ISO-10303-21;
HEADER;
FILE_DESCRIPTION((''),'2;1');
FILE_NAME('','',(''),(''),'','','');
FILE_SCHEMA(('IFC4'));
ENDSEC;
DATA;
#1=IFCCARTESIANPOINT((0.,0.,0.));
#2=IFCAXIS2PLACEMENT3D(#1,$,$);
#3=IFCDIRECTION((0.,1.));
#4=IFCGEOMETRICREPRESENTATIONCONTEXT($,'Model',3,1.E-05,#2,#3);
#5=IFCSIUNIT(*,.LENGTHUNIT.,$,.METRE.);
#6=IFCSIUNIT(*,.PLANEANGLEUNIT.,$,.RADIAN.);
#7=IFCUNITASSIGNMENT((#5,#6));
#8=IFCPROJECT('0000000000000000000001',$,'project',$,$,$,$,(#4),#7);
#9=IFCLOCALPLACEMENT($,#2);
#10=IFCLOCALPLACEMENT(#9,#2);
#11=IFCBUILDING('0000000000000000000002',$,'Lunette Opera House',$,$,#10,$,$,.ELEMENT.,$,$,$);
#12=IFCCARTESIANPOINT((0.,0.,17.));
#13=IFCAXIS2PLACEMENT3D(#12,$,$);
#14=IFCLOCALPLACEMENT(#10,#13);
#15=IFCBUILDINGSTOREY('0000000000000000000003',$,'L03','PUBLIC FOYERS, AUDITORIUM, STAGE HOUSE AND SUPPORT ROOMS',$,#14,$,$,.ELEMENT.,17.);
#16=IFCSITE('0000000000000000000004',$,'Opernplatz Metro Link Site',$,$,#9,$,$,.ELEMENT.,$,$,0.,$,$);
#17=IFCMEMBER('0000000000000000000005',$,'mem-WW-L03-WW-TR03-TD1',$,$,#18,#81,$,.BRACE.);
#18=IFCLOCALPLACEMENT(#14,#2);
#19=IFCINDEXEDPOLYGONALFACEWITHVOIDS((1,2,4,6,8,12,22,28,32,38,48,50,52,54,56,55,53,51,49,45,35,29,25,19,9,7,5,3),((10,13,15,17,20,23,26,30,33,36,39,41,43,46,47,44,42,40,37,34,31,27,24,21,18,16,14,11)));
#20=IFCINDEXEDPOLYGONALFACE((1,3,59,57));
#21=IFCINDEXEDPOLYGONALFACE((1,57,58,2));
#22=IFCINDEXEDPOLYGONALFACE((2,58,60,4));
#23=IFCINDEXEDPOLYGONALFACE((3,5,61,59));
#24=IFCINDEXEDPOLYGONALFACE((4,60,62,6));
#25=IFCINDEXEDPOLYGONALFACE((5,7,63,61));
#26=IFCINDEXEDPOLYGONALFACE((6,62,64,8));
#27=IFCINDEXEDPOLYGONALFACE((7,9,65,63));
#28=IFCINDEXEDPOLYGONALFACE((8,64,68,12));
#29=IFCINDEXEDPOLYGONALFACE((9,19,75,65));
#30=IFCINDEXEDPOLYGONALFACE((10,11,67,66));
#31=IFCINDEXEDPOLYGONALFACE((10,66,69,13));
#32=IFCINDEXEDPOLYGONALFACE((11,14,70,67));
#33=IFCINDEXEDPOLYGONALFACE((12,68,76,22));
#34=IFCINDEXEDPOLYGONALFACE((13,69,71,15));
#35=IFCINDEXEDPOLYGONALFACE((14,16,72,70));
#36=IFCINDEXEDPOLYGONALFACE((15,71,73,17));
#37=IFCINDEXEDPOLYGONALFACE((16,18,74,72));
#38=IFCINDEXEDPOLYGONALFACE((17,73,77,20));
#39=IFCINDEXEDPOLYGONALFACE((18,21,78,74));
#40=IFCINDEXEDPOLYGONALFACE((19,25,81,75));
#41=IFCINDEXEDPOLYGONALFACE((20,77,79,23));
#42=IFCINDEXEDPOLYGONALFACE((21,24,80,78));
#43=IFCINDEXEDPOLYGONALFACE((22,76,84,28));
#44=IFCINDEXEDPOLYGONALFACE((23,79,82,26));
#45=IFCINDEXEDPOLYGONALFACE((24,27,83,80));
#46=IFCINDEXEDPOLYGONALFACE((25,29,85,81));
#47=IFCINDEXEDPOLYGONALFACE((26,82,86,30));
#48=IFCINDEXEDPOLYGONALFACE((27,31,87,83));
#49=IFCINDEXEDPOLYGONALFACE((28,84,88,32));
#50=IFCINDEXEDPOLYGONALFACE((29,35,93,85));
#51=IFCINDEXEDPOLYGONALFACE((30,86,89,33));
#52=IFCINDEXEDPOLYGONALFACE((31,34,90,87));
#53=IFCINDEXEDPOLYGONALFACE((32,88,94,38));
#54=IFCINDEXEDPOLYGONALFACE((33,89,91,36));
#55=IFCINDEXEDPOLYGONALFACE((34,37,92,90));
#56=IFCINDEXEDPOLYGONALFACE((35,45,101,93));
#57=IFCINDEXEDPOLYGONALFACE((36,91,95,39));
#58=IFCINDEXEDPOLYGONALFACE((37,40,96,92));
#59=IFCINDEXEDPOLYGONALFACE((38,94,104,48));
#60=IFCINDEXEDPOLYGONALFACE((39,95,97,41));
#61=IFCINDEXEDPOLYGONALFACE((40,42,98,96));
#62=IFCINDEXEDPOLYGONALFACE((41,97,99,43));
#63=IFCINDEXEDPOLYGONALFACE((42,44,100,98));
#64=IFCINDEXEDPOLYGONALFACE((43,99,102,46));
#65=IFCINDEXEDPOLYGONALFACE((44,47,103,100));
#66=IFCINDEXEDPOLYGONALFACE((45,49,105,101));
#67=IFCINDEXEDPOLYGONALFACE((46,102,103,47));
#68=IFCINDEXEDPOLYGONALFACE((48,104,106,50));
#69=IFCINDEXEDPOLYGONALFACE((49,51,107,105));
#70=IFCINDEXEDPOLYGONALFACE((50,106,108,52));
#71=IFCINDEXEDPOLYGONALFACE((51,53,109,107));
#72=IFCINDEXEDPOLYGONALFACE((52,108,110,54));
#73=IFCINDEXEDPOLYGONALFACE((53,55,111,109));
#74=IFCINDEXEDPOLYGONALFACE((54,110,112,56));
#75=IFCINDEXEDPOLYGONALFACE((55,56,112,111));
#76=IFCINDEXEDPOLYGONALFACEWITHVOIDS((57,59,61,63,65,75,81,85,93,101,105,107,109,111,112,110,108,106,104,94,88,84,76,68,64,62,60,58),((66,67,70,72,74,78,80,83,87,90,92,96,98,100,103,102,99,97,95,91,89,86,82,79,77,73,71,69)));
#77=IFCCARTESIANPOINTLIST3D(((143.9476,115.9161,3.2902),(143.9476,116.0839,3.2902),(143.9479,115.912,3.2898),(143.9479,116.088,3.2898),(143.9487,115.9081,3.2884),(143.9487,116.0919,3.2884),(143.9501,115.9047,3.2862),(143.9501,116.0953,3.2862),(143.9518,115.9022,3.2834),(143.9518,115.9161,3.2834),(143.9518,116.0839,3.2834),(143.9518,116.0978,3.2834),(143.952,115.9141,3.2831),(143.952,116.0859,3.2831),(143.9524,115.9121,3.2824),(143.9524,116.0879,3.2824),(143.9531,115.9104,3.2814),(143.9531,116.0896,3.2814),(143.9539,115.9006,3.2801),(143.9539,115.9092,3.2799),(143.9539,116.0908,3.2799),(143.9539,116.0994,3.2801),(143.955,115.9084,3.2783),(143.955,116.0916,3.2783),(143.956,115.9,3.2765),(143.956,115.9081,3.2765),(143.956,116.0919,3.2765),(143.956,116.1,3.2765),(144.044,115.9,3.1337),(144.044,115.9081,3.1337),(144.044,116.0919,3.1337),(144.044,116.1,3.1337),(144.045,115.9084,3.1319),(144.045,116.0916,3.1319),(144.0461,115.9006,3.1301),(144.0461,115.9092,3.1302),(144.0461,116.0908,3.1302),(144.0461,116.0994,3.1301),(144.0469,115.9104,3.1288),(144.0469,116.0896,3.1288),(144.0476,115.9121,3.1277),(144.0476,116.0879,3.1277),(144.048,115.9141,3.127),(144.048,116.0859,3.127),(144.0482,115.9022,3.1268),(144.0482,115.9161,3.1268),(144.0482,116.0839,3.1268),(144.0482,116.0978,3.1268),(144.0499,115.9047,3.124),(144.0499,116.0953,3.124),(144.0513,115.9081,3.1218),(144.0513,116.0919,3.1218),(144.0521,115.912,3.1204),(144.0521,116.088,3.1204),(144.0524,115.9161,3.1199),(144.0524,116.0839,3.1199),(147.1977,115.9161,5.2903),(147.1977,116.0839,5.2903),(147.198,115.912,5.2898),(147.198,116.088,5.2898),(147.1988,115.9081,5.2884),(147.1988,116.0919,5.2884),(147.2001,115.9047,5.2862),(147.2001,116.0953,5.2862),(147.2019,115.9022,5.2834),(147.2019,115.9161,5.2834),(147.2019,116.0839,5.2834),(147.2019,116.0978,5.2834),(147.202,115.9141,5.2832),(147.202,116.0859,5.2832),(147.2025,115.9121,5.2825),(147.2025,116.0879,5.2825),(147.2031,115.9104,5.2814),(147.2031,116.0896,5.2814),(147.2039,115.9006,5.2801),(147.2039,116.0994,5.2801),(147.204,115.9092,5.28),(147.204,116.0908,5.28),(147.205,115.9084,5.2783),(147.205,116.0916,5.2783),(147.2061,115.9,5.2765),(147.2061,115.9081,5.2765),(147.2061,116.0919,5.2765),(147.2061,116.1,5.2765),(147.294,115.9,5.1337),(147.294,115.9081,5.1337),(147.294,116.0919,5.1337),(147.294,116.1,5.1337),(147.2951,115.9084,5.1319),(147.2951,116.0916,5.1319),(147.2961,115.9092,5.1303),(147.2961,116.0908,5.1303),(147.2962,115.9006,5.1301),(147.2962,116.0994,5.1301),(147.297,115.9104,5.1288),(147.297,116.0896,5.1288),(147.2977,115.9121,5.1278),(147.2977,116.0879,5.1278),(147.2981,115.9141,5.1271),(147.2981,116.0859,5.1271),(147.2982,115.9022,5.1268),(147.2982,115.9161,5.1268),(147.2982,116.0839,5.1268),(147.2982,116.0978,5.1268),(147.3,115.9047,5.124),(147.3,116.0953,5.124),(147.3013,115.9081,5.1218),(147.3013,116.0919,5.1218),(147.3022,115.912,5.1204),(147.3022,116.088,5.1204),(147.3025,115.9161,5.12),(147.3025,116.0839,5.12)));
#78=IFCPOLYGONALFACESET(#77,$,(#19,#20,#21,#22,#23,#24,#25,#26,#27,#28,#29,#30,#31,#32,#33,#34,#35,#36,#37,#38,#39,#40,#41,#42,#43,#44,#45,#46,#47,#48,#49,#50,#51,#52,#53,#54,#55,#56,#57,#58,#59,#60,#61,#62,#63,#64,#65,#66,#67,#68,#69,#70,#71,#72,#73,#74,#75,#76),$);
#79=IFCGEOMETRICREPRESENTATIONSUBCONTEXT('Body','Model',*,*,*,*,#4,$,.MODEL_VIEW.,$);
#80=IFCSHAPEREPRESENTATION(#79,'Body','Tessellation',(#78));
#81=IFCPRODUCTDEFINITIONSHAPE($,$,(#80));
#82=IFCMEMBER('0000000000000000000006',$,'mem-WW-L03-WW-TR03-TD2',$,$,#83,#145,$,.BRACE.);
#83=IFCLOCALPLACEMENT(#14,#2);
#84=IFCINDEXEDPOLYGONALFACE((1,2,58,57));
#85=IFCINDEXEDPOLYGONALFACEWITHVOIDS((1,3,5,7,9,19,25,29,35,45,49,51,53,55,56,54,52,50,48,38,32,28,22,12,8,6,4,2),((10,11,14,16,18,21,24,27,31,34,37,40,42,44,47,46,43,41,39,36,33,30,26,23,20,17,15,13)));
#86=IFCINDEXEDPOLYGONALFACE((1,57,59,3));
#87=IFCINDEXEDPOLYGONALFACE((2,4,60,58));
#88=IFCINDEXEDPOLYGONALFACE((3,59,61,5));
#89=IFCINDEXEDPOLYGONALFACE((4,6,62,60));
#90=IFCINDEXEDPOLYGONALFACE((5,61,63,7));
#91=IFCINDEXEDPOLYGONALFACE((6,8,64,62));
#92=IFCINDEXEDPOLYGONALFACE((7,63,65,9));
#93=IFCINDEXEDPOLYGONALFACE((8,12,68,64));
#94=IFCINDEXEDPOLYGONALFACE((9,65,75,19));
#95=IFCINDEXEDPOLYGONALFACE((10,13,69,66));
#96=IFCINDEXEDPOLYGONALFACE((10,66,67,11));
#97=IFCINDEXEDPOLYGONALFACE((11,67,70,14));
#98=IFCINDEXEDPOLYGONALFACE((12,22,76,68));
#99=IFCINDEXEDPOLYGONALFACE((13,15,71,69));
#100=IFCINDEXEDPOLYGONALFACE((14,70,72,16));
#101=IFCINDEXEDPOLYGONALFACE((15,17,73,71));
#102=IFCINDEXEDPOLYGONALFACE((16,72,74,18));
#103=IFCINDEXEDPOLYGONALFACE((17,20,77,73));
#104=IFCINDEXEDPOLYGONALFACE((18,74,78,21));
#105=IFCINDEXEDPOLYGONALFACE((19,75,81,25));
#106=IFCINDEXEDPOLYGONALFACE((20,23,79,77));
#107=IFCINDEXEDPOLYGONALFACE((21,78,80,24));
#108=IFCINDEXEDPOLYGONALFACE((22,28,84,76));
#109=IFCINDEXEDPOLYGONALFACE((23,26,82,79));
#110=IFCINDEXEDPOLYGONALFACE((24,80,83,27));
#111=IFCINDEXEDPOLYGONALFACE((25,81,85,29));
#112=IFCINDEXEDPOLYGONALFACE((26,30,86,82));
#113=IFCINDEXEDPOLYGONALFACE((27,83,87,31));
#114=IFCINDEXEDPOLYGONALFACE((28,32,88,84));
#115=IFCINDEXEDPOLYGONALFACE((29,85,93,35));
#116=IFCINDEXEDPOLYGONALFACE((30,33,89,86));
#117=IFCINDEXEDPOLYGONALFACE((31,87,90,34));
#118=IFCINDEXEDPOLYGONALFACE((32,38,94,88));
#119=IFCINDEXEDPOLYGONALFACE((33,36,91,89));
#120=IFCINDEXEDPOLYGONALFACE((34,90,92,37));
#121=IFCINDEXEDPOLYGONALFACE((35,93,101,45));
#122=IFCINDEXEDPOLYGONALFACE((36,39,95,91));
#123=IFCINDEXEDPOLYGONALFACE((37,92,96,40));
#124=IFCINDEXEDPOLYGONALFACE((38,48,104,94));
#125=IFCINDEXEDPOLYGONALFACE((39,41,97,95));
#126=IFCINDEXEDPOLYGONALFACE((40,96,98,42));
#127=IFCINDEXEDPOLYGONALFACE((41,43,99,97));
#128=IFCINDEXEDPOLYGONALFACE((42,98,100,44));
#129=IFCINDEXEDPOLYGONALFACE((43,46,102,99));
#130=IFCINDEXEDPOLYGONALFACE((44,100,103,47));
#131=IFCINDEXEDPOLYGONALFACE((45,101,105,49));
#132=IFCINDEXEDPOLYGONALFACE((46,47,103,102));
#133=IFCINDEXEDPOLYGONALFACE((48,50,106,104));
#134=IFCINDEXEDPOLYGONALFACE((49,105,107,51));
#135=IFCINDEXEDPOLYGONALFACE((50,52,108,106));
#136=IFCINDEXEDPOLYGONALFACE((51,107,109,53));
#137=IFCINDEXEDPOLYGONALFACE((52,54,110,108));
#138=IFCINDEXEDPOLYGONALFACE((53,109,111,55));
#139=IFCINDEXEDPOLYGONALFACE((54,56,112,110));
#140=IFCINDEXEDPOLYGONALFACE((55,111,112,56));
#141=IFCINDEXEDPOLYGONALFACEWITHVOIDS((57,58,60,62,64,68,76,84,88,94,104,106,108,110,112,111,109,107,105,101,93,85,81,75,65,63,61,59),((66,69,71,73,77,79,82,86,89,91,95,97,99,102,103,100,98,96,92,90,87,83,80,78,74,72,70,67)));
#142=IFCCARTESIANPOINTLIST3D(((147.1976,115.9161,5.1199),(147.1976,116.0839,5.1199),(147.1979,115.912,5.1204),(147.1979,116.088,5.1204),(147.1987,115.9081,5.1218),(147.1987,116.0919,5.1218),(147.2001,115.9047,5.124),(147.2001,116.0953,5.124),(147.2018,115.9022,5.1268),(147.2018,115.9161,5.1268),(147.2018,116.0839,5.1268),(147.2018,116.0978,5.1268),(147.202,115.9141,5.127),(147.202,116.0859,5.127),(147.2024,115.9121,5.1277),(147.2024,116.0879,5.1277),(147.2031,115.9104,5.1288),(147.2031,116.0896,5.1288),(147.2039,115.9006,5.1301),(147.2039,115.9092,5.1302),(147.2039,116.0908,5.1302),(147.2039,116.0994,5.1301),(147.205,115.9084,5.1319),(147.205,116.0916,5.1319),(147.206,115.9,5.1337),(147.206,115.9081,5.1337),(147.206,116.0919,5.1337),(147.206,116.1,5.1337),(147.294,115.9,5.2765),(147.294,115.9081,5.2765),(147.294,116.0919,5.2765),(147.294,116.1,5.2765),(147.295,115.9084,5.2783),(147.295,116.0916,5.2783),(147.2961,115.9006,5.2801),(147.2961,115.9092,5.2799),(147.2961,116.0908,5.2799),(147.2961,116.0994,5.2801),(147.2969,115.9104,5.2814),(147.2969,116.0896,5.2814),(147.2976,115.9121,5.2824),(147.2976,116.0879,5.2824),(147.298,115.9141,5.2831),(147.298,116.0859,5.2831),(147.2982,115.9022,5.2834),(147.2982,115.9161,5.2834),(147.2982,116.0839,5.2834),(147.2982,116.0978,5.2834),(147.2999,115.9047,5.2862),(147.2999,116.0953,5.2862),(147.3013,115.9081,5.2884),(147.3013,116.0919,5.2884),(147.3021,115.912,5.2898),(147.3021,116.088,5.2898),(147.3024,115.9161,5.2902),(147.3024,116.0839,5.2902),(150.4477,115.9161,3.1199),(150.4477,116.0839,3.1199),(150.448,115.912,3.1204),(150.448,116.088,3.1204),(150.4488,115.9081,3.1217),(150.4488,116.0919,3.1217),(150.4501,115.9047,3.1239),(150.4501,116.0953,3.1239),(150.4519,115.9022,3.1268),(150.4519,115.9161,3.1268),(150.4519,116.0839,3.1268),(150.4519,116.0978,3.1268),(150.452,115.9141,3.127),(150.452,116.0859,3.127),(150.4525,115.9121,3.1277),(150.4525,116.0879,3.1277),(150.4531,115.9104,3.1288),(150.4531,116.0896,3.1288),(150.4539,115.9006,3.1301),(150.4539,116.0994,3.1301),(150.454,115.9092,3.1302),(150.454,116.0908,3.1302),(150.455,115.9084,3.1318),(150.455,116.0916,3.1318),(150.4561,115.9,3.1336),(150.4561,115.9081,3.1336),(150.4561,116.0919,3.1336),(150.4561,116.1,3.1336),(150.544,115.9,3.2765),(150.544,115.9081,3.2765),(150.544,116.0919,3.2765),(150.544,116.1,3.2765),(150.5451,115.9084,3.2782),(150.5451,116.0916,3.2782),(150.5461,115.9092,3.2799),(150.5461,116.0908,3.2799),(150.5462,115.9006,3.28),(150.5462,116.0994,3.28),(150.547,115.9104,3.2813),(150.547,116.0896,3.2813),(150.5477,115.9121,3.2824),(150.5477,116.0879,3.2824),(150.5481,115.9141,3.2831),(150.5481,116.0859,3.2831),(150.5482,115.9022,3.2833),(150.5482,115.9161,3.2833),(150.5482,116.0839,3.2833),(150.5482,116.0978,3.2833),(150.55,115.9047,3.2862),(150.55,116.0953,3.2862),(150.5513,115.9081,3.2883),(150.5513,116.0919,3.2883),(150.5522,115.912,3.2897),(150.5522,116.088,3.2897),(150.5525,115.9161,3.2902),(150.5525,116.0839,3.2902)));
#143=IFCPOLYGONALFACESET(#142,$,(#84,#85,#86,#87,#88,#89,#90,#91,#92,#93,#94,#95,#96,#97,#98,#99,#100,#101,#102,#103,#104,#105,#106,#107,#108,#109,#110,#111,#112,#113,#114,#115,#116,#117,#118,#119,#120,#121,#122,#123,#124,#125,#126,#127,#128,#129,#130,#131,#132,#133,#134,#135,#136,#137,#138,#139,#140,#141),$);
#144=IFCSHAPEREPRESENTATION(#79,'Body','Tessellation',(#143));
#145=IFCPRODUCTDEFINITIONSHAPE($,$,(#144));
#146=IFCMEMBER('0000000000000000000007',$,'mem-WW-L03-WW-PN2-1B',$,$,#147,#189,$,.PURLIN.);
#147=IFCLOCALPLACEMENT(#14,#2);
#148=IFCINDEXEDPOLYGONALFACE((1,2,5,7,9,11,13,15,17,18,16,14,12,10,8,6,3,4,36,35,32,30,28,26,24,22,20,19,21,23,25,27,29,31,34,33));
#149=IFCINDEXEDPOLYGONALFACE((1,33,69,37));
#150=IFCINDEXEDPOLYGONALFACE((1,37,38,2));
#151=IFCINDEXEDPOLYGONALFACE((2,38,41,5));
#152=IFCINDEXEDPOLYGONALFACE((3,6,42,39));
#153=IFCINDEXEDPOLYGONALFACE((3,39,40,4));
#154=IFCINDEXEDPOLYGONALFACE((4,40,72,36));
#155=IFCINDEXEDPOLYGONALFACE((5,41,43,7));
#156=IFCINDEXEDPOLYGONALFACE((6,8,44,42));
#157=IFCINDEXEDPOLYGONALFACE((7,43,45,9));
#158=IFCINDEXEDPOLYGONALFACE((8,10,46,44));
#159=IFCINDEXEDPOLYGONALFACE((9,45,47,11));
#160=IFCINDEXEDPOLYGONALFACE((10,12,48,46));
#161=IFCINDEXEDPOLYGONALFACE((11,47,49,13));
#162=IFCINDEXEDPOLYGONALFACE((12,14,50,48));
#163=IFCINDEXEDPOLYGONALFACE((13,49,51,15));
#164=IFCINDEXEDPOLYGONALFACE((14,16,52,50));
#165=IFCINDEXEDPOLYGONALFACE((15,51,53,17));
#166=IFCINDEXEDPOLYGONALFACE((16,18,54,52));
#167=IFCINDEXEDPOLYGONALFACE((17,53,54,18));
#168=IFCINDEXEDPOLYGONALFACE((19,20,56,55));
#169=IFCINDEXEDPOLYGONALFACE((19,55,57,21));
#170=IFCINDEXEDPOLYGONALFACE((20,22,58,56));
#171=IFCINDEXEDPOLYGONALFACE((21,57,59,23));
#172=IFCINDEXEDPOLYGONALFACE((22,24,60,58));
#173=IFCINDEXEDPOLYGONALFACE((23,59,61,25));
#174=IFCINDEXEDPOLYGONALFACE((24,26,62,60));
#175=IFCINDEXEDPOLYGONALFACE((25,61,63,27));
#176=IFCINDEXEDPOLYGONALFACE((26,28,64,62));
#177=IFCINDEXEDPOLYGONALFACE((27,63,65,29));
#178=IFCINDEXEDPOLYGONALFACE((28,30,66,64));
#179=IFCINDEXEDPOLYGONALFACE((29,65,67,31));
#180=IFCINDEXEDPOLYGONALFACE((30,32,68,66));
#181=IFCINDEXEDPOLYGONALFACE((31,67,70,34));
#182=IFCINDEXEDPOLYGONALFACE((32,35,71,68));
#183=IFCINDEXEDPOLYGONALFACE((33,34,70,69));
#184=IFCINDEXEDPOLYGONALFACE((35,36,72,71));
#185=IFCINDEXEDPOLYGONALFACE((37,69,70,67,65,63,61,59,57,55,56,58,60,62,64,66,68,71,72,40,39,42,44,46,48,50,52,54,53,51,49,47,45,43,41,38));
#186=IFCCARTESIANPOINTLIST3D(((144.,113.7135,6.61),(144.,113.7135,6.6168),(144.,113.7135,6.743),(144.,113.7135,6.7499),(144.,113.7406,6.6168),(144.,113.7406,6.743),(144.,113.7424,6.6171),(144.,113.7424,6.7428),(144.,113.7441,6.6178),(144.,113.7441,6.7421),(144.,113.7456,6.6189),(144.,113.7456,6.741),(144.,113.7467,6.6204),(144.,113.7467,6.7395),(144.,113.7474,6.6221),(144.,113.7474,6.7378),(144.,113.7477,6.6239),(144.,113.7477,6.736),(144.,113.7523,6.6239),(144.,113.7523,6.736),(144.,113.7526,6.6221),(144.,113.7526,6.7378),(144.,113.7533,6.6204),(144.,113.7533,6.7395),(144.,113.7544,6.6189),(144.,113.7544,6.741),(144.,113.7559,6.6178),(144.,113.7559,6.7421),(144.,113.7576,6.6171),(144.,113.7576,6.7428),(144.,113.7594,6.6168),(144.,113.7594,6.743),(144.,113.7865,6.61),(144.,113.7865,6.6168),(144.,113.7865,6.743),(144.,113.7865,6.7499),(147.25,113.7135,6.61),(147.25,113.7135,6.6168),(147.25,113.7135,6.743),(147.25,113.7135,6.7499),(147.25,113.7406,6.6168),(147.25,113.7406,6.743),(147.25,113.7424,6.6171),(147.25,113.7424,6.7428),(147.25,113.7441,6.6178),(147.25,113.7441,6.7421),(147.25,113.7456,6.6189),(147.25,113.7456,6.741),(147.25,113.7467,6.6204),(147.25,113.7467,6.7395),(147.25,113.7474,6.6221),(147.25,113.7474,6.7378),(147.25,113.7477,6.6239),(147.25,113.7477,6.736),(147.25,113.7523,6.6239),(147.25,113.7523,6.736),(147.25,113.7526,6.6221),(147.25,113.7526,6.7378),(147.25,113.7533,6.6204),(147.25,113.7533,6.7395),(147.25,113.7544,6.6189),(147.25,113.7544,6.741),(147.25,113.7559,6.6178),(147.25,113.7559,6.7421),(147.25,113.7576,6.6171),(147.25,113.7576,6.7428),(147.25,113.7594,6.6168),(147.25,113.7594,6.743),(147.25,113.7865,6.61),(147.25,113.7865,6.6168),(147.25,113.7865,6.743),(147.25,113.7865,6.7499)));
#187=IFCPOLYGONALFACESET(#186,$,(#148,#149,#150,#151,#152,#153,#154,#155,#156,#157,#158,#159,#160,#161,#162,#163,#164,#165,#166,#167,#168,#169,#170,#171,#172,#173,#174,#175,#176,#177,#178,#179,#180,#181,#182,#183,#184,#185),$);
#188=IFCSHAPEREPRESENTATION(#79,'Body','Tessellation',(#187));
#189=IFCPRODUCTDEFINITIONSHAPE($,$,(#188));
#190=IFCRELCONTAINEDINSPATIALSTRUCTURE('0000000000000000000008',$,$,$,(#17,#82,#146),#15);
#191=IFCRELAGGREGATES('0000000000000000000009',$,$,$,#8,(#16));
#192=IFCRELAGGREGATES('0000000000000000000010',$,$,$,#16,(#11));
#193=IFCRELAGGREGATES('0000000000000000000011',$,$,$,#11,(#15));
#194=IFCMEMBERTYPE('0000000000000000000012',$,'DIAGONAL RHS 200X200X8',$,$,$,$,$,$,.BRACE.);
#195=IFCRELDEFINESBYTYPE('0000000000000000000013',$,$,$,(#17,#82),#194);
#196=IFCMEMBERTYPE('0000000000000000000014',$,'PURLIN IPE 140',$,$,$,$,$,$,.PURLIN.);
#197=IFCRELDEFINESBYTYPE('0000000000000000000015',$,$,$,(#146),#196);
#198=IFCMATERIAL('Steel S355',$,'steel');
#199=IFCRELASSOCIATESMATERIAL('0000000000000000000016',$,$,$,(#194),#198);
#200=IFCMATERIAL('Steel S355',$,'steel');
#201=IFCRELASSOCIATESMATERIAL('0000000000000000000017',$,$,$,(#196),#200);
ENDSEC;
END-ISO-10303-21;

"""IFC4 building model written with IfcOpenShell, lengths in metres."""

from ifc_helpers import new_model, si_unit, direction, frame, origin, origin_2d, place, context, subcontext, project, spatial, hollow_rectangle, i_section, extrude, material, material_profile, profile_set, type_object, element, save


model = new_model("IFC4")

# Units and contexts
model_context = context("Model", 3, precision=1e-05, world=origin(), true_north=direction((0.0, 1.0)))
body_context = subcontext(model_context, "Body", "Model", "MODEL_VIEW")
ifc_project = project(units=[si_unit("LENGTHUNIT", "METRE"), si_unit("PLANEANGLEUNIT", "RADIAN")], contexts=[model_context])

# Site, building, storey
site_placement = place(None, origin())
site = spatial("IfcSite", under=ifc_project, at=site_placement, Name="Opernplatz Metro Link Site", CompositionType="ELEMENT", RefElevation=0.0)
building_placement = place(site_placement, origin())
building = spatial("IfcBuilding", under=site, at=building_placement, Name="Lunette Opera House", CompositionType="ELEMENT")
storey_placement = place(building_placement, frame((0.0, 0.0, 17.0)))
storey = spatial("IfcBuildingStorey", under=building, at=storey_placement, Name="L03", Description="PUBLIC FOYERS, AUDITORIUM, STAGE HOUSE AND SUPPORT ROOMS", CompositionType="ELEMENT", Elevation=17.0)

# Members
ifc_material_1 = material(Name="Steel S355", Category="steel")
ifc_material_profile_1 = material_profile(ifc_material_1, hollow_rectangle(XDim=0.2, YDim=0.2, WallThickness=0.0081, InnerFilletRadius=0.0081, OuterFilletRadius=0.0161, at=origin_2d()), Name="RHS 200X200X8")
ifc_profile_set_1 = profile_set([ifc_material_profile_1], Name="Steel S355")
member_type_1 = type_object("IfcMemberType", Name="DIAGONAL RHS 200X200X8", PredefinedType="BRACE", material=ifc_profile_set_1)
for number, where, z_axis, x_axis, name in (
    (1, (144.0, 116.0, 3.2051), (0.851658, 0.0, 0.524097), (0.0, 1.0, 0.0), "mem-WW-L03-WW-TR03-TD1"),
    (2, (147.25, 116.0, 5.2051), (0.851658, 0.0, -0.524097), (0.0, 1.0, 0.0), "mem-WW-L03-WW-TR03-TD2"),
):
    element("IfcMember", number, at=place(storey_placement, frame(where, z_axis=z_axis, x_axis=x_axis)), inside=storey, type_object=member_type_1, Name=name, PredefinedType="BRACE", context=body_context, shape_type="SweptSolid", body=[
        extrude(hollow_rectangle(XDim=0.2, YDim=0.2, WallThickness=0.0081, InnerFilletRadius=0.0081, OuterFilletRadius=0.0161, at=origin_2d()), origin(), (0.0, 0.0, 1.0), 3.8162),
    ])
ifc_material_2 = material(Name="Steel S355", Category="steel")
ifc_material_profile_2 = material_profile(ifc_material_2, i_section(OverallWidth=0.073, OverallDepth=0.1399, WebThickness=0.0046, FlangeThickness=0.0068, FilletRadius=0.0071, at=origin_2d()), Name="IPE 140")
ifc_profile_set_2 = profile_set([ifc_material_profile_2], Name="Steel S355")
member_type_2 = type_object("IfcMemberType", Name="PURLIN IPE 140", PredefinedType="PURLIN", material=ifc_profile_set_2)
for number, where, z_axis, x_axis, name in (
    (3, (144.0, 113.75, 6.6799), (1.0, 0.0, 0.0), (0.0, 1.0, 0.0), "mem-WW-L03-WW-PN2-1B"),
):
    element("IfcMember", number, at=place(storey_placement, frame(where, z_axis=z_axis, x_axis=x_axis)), inside=storey, type_object=member_type_2, Name=name, PredefinedType="PURLIN", context=body_context, shape_type="SweptSolid", body=[
        extrude(i_section(OverallWidth=0.073, OverallDepth=0.1399, WebThickness=0.0046, FlangeThickness=0.0068, FilletRadius=0.0071, at=origin_2d()), origin(), (0.0, 0.0, 1.0), 3.25),
    ])

save(model, "model.ifc")
